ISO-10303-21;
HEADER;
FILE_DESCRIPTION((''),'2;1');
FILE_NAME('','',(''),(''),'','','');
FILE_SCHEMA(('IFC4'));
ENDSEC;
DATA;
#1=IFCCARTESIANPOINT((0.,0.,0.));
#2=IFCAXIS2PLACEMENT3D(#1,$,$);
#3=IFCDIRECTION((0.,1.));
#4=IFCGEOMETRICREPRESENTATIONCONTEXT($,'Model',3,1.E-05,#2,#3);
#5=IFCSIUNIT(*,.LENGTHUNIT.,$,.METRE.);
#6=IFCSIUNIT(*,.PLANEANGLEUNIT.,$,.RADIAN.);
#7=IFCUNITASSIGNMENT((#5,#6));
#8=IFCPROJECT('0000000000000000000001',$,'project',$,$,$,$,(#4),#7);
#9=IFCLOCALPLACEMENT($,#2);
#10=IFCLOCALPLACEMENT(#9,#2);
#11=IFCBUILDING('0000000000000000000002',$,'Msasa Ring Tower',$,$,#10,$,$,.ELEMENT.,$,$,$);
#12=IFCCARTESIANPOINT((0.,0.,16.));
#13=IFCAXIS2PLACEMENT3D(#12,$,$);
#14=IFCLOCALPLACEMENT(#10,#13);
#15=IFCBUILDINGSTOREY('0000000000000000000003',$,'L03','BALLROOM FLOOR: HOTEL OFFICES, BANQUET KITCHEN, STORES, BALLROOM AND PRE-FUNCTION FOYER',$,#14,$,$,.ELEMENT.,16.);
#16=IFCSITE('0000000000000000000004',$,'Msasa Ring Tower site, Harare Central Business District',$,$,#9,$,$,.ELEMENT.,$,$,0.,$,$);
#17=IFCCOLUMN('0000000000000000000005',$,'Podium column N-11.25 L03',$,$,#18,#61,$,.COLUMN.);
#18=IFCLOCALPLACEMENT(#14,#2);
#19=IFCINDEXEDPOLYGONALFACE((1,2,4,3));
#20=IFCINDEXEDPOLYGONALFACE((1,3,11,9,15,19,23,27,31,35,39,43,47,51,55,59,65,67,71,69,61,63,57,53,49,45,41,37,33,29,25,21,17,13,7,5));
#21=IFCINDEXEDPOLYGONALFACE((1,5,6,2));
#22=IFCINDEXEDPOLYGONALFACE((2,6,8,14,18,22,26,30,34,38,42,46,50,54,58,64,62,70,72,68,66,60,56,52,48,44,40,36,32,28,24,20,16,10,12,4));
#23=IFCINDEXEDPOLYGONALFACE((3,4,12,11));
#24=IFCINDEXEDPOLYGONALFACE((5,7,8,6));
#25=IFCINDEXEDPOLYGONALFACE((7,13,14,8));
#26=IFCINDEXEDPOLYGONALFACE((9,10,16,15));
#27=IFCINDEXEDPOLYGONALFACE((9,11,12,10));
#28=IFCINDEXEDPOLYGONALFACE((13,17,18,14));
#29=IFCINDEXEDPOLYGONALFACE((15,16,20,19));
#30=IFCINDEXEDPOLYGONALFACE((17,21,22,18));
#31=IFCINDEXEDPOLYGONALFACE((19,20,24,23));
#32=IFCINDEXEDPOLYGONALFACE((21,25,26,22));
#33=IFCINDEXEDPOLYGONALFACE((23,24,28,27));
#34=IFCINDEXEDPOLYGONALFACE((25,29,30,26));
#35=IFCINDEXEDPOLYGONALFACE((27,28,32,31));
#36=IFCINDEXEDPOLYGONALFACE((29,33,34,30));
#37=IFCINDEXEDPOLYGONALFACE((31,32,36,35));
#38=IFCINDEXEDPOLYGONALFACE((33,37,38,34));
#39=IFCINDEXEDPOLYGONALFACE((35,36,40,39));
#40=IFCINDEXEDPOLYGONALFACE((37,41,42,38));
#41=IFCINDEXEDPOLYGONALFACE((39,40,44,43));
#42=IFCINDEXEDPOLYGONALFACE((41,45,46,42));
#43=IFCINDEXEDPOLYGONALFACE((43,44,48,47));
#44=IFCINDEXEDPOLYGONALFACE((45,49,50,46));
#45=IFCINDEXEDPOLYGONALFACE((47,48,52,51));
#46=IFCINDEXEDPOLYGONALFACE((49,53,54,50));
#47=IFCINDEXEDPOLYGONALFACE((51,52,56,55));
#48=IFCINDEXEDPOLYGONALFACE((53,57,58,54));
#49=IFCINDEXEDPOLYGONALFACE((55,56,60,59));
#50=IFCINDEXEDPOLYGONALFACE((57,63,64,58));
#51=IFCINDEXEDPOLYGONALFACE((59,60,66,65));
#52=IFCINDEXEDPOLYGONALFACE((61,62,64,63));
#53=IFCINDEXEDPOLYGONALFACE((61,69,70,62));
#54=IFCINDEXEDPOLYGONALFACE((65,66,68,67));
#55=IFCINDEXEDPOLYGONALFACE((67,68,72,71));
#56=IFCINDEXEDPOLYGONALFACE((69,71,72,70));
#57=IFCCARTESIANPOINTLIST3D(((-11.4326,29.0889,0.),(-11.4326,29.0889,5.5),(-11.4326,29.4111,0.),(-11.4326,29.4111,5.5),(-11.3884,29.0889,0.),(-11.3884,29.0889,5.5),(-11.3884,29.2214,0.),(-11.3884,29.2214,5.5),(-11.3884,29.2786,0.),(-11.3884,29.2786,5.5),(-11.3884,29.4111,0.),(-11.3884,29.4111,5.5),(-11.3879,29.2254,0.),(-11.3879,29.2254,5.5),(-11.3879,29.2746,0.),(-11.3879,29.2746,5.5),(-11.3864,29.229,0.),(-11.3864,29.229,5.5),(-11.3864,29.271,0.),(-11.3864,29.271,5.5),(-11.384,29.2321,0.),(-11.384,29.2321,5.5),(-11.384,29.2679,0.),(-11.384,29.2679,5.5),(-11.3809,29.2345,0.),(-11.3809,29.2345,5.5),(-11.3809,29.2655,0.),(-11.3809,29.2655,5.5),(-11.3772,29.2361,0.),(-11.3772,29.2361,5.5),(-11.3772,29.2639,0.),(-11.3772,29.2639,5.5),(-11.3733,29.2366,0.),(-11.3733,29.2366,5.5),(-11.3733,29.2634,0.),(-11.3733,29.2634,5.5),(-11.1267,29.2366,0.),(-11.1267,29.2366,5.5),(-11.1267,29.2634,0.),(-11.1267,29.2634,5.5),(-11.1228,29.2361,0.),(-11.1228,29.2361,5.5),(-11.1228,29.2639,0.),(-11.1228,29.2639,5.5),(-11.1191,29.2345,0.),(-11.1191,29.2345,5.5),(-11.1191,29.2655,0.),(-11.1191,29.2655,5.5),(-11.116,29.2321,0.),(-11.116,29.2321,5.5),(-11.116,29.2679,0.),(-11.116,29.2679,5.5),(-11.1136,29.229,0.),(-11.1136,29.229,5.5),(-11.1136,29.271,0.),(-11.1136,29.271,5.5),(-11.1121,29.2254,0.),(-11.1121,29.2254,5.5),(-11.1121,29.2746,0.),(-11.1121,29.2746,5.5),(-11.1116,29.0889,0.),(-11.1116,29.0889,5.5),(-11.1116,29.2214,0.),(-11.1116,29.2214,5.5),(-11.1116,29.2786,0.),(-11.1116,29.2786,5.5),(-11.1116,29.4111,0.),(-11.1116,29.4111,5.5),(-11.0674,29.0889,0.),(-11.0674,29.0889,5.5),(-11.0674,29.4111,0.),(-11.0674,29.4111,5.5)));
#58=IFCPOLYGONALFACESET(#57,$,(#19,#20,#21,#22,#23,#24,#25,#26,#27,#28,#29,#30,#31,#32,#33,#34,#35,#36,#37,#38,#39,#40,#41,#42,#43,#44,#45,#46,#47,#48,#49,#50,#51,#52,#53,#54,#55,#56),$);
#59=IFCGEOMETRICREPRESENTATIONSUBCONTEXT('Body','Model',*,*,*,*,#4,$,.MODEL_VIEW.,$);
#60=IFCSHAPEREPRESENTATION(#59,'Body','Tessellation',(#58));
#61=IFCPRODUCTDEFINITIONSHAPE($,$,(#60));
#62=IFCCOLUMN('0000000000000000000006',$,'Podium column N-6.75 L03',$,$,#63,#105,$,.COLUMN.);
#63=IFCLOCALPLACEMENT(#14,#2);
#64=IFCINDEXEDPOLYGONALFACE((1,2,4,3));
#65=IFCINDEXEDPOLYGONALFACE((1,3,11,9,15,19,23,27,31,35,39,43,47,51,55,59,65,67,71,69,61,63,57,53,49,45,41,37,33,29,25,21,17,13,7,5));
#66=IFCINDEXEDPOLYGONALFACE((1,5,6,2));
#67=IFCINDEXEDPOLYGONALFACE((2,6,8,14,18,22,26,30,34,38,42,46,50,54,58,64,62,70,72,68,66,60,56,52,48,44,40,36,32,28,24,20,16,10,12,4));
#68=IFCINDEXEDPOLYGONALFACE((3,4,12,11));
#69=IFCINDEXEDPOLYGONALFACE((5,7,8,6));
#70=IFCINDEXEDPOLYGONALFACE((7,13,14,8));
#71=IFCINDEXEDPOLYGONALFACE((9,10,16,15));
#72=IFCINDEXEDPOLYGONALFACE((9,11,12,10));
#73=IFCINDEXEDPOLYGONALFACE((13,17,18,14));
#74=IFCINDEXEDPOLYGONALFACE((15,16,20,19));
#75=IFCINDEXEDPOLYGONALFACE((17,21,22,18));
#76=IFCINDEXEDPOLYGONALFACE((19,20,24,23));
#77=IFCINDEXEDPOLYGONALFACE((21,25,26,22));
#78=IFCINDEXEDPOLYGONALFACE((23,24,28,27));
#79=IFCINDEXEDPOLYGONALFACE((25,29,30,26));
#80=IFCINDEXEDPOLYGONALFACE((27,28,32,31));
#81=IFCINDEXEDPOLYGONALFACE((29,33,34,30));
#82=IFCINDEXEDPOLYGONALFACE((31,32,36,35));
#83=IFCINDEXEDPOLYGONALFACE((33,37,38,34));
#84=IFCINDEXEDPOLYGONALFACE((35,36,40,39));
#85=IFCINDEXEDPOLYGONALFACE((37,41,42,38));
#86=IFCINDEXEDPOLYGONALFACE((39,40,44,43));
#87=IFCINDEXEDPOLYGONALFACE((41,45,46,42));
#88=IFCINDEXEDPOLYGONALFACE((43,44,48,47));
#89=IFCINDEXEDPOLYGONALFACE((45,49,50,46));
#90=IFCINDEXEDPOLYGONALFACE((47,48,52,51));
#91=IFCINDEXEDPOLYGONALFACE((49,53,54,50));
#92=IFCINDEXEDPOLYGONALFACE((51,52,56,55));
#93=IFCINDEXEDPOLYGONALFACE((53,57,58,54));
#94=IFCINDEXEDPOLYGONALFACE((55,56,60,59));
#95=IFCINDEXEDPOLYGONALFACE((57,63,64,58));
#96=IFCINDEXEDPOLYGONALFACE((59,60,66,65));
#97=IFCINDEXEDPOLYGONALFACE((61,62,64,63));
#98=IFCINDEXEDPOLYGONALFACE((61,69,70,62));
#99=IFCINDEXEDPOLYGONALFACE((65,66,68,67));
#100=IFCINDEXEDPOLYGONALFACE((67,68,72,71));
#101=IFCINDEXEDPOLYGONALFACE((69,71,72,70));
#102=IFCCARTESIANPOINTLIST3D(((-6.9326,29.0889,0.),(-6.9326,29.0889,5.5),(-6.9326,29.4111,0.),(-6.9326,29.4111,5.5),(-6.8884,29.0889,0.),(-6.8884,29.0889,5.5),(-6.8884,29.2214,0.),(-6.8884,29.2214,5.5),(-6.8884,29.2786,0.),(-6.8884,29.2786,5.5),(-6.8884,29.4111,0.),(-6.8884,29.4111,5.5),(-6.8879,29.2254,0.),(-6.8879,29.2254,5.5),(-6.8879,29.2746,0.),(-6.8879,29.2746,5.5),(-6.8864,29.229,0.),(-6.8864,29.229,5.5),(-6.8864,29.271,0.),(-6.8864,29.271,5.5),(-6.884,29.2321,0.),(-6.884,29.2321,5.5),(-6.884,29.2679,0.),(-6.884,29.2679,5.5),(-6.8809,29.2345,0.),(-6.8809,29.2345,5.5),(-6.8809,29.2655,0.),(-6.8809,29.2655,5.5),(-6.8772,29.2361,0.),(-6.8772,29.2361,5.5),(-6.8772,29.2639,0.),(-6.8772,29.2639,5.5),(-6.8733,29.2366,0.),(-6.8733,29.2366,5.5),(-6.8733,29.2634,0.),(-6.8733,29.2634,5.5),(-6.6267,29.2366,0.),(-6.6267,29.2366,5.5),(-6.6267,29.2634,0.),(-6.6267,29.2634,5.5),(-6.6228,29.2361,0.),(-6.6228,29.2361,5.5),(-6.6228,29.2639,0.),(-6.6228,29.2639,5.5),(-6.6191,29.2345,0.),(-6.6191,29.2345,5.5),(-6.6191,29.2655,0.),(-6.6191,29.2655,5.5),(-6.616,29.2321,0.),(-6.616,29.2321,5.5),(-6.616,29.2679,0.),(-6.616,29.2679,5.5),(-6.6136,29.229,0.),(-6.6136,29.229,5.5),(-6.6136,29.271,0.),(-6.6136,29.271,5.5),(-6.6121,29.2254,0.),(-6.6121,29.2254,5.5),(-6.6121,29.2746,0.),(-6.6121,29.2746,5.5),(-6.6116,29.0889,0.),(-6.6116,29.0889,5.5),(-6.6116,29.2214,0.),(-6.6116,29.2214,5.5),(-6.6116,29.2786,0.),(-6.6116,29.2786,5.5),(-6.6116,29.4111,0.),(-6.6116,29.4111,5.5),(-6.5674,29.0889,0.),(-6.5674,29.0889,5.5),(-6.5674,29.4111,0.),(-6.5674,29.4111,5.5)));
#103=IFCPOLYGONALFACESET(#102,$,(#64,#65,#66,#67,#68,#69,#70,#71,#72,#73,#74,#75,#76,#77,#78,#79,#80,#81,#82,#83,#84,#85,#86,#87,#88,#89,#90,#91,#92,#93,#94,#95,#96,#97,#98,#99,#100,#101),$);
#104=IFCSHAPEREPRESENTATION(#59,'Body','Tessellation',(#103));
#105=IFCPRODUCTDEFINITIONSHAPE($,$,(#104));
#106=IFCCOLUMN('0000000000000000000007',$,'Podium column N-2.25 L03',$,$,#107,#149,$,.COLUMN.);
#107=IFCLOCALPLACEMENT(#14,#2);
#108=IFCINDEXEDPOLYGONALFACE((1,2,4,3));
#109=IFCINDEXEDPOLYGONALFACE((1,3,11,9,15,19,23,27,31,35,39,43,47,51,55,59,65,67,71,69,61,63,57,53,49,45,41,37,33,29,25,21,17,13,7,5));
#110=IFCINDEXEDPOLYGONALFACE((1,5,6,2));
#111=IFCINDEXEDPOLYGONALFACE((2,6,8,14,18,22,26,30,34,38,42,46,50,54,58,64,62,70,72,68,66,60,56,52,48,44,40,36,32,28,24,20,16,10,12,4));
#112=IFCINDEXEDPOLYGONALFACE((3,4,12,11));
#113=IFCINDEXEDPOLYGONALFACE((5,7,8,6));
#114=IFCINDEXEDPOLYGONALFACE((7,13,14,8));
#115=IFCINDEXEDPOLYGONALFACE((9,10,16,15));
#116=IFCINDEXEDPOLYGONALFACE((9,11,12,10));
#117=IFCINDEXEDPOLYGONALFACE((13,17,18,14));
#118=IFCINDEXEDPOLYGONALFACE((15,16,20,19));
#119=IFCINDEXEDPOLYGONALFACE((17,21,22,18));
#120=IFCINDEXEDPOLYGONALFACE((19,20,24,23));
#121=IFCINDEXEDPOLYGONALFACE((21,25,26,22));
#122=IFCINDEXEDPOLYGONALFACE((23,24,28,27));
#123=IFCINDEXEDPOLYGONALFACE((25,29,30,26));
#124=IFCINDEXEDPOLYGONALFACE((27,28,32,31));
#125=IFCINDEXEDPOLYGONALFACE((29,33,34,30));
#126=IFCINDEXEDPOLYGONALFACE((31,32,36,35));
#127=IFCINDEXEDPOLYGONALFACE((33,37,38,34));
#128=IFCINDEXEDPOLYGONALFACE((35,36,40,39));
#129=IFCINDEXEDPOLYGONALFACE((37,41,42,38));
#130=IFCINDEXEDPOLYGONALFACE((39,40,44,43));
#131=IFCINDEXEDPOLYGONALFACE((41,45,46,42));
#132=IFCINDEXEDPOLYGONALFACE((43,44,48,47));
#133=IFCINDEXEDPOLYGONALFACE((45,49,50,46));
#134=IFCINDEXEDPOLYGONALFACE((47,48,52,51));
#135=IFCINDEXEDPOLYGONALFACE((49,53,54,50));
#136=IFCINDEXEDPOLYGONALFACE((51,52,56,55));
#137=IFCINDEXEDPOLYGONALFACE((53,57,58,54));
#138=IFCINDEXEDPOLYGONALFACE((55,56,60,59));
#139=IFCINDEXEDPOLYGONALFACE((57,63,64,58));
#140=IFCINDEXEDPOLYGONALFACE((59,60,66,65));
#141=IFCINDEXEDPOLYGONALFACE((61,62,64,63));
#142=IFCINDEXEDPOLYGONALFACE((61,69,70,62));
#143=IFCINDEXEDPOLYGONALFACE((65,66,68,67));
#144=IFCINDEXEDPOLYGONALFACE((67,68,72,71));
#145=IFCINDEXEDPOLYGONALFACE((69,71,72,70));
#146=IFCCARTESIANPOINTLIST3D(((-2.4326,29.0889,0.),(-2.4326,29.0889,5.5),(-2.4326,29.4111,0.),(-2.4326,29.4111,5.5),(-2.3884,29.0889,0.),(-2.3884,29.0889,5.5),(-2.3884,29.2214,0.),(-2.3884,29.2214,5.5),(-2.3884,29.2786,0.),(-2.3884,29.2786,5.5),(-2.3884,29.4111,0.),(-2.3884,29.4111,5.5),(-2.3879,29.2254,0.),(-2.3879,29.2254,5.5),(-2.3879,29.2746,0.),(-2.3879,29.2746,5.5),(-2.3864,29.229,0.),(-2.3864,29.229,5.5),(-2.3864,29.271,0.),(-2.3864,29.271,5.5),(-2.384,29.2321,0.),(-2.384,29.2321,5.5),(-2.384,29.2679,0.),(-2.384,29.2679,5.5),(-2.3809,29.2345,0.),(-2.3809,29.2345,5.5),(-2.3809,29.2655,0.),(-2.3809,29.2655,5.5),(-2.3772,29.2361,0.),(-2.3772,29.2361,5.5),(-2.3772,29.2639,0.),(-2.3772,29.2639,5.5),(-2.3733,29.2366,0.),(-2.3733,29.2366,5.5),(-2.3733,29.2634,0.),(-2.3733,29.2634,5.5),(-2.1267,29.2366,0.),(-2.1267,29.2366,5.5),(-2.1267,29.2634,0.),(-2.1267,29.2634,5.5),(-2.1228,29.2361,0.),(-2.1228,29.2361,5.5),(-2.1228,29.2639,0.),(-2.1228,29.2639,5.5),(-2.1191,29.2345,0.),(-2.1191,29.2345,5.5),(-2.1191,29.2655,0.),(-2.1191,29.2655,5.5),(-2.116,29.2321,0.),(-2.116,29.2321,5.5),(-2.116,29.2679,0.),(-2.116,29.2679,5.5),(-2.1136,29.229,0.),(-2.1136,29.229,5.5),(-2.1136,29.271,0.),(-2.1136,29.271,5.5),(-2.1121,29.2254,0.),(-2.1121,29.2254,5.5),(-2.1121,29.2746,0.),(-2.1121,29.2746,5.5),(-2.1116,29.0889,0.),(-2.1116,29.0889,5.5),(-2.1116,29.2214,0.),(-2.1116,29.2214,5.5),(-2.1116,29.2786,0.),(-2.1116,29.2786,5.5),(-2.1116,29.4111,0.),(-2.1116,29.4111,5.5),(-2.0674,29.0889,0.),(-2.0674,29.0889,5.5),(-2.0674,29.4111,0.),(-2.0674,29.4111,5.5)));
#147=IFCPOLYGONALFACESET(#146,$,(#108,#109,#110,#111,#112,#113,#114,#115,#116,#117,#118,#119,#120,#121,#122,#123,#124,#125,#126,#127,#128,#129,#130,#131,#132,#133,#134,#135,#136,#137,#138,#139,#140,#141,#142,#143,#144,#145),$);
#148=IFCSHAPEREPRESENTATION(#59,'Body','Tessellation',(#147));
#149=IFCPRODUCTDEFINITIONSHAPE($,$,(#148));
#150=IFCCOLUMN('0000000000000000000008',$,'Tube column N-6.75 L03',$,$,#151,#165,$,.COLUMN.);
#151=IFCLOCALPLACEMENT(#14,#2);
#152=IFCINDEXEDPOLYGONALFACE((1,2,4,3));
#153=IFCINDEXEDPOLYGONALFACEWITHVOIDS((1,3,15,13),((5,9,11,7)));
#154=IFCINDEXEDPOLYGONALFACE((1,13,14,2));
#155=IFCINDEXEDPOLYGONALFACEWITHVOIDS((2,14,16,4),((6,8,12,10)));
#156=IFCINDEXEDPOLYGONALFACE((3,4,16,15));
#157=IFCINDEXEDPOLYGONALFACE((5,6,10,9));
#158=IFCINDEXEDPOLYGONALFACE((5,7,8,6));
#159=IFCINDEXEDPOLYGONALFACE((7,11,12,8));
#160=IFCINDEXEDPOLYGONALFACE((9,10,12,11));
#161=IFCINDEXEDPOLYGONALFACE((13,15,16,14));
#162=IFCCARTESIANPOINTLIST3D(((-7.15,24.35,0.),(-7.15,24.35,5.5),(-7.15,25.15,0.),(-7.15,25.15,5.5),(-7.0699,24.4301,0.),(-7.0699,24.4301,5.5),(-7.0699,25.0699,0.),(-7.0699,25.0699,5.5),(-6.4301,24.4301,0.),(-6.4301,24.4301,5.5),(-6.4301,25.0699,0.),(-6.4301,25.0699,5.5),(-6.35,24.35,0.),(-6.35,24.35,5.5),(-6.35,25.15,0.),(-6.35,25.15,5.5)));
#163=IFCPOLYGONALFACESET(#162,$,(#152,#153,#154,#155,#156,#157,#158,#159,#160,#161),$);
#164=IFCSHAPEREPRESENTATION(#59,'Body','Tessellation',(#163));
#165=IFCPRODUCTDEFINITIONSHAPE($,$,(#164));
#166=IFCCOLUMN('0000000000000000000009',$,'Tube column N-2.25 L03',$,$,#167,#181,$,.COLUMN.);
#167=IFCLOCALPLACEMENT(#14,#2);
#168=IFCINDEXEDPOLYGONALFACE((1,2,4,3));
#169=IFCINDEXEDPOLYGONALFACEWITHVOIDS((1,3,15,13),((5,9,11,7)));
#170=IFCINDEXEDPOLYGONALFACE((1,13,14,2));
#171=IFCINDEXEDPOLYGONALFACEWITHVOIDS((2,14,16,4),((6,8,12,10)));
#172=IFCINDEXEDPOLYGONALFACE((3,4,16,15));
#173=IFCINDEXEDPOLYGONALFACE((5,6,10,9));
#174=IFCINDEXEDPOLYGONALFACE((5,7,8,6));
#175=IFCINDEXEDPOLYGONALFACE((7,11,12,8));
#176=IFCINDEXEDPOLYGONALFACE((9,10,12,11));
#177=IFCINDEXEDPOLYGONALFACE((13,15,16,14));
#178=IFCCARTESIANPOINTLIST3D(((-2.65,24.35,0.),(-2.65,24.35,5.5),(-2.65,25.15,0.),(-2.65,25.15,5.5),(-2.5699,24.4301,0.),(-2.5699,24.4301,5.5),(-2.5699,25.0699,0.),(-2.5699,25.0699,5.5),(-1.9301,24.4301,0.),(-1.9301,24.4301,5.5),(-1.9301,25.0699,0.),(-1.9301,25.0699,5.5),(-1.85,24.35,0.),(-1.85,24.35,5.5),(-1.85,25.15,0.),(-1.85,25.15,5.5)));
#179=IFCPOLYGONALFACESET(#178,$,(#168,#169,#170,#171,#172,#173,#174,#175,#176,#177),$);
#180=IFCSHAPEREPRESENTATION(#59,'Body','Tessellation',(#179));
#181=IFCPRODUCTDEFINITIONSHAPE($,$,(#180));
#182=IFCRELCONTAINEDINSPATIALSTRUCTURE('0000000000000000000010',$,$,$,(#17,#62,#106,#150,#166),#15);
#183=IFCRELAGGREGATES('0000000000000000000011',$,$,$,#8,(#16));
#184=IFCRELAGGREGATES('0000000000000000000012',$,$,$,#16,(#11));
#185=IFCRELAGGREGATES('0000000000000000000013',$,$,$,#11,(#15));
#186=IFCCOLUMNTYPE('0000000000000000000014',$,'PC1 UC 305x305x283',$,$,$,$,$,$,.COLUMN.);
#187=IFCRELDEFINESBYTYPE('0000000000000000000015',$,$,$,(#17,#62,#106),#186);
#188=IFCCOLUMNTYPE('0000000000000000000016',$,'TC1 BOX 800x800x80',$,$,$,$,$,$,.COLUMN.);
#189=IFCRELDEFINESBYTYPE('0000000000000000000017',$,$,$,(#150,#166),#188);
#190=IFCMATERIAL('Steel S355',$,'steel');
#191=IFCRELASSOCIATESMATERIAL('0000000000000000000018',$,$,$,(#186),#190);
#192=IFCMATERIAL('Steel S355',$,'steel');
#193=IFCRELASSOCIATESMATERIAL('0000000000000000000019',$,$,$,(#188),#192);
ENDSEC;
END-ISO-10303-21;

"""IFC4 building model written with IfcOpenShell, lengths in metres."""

from ifc_helpers import new_model, si_unit, direction, frame, origin, origin_2d, place, context, subcontext, project, spatial, hollow_rectangle, i_section, extrude, material, material_profile, profile_set, type_object, element, save


model = new_model("IFC4")

# Units and contexts
model_context = context("Model", 3, precision=1e-05, world=origin(), true_north=direction((0.0, 1.0)))
body_context = subcontext(model_context, "Body", "Model", "MODEL_VIEW")
ifc_project = project(units=[si_unit("LENGTHUNIT", "METRE"), si_unit("PLANEANGLEUNIT", "RADIAN")], contexts=[model_context])

# Site, building, storey
site_placement = place(None, origin())
site = spatial("IfcSite", under=ifc_project, at=site_placement, Name="Msasa Ring Tower site, Harare Central Business District", CompositionType="ELEMENT", RefElevation=0.0)
building_placement = place(site_placement, origin())
building = spatial("IfcBuilding", under=site, at=building_placement, Name="Msasa Ring Tower", CompositionType="ELEMENT")
storey_placement = place(building_placement, frame((0.0, 0.0, 16.0)))
storey = spatial("IfcBuildingStorey", under=building, at=storey_placement, Name="L03", Description="BALLROOM FLOOR: HOTEL OFFICES, BANQUET KITCHEN, STORES, BALLROOM AND PRE-FUNCTION FOYER", CompositionType="ELEMENT", Elevation=16.0)

# Columns
ifc_material_1 = material(Name="Steel S355", Category="steel")
ifc_material_profile_1 = material_profile(ifc_material_1, i_section(OverallWidth=0.3223, OverallDepth=0.3652, WebThickness=0.0269, FlangeThickness=0.0442, FilletRadius=0.0151, at=origin_2d()), Name="UC 305x305x283")
ifc_profile_set_1 = profile_set([ifc_material_profile_1], Name="Steel S355")
column_type_1 = type_object("IfcColumnType", Name="PC1 UC 305x305x283", PredefinedType="COLUMN", material=ifc_profile_set_1)
for number, where, z_axis, x_axis, name in (
    (1, (-11.25, 29.25, 0.0), (0.0, 0.0, 1.0), (0.0, 1.0, 0.0), "Podium column N-11.25 L03"),
    (2, (-6.75, 29.25, 0.0), (0.0, 0.0, 1.0), (0.0, 1.0, 0.0), "Podium column N-6.75 L03"),
    (3, (-2.25, 29.25, 0.0), (0.0, 0.0, 1.0), (0.0, 1.0, 0.0), "Podium column N-2.25 L03"),
):
    element("IfcColumn", number, at=place(storey_placement, frame(where, z_axis=z_axis, x_axis=x_axis)), inside=storey, type_object=column_type_1, Name=name, PredefinedType="COLUMN", context=body_context, shape_type="SweptSolid", body=[
        extrude(i_section(OverallWidth=0.3223, OverallDepth=0.3652, WebThickness=0.0269, FlangeThickness=0.0442, FilletRadius=0.0151, at=origin_2d()), origin(), (0.0, 0.0, 1.0), 5.5),
    ])
ifc_material_2 = material(Name="Steel S355", Category="steel")
ifc_material_profile_2 = material_profile(ifc_material_2, hollow_rectangle(XDim=0.8, YDim=0.8, WallThickness=0.0801, at=origin_2d()), Name="BOX 800x800x80")
ifc_profile_set_2 = profile_set([ifc_material_profile_2], Name="Steel S355")
column_type_2 = type_object("IfcColumnType", Name="TC1 BOX 800x800x80", PredefinedType="COLUMN", material=ifc_profile_set_2)
for number, where, z_axis, x_axis, name in (
    (4, (-6.75, 24.75, 0.0), (0.0, 0.0, 1.0), (0.0, 1.0, 0.0), "Tube column N-6.75 L03"),
    (5, (-2.25, 24.75, 0.0), (0.0, 0.0, 1.0), (0.0, 1.0, 0.0), "Tube column N-2.25 L03"),
):
    element("IfcColumn", number, at=place(storey_placement, frame(where, z_axis=z_axis, x_axis=x_axis)), inside=storey, type_object=column_type_2, Name=name, PredefinedType="COLUMN", context=body_context, shape_type="SweptSolid", body=[
        extrude(hollow_rectangle(XDim=0.8, YDim=0.8, WallThickness=0.0801, at=origin_2d()), origin(), (0.0, 0.0, 1.0), 5.5),
    ])

save(model, "model.ifc")
